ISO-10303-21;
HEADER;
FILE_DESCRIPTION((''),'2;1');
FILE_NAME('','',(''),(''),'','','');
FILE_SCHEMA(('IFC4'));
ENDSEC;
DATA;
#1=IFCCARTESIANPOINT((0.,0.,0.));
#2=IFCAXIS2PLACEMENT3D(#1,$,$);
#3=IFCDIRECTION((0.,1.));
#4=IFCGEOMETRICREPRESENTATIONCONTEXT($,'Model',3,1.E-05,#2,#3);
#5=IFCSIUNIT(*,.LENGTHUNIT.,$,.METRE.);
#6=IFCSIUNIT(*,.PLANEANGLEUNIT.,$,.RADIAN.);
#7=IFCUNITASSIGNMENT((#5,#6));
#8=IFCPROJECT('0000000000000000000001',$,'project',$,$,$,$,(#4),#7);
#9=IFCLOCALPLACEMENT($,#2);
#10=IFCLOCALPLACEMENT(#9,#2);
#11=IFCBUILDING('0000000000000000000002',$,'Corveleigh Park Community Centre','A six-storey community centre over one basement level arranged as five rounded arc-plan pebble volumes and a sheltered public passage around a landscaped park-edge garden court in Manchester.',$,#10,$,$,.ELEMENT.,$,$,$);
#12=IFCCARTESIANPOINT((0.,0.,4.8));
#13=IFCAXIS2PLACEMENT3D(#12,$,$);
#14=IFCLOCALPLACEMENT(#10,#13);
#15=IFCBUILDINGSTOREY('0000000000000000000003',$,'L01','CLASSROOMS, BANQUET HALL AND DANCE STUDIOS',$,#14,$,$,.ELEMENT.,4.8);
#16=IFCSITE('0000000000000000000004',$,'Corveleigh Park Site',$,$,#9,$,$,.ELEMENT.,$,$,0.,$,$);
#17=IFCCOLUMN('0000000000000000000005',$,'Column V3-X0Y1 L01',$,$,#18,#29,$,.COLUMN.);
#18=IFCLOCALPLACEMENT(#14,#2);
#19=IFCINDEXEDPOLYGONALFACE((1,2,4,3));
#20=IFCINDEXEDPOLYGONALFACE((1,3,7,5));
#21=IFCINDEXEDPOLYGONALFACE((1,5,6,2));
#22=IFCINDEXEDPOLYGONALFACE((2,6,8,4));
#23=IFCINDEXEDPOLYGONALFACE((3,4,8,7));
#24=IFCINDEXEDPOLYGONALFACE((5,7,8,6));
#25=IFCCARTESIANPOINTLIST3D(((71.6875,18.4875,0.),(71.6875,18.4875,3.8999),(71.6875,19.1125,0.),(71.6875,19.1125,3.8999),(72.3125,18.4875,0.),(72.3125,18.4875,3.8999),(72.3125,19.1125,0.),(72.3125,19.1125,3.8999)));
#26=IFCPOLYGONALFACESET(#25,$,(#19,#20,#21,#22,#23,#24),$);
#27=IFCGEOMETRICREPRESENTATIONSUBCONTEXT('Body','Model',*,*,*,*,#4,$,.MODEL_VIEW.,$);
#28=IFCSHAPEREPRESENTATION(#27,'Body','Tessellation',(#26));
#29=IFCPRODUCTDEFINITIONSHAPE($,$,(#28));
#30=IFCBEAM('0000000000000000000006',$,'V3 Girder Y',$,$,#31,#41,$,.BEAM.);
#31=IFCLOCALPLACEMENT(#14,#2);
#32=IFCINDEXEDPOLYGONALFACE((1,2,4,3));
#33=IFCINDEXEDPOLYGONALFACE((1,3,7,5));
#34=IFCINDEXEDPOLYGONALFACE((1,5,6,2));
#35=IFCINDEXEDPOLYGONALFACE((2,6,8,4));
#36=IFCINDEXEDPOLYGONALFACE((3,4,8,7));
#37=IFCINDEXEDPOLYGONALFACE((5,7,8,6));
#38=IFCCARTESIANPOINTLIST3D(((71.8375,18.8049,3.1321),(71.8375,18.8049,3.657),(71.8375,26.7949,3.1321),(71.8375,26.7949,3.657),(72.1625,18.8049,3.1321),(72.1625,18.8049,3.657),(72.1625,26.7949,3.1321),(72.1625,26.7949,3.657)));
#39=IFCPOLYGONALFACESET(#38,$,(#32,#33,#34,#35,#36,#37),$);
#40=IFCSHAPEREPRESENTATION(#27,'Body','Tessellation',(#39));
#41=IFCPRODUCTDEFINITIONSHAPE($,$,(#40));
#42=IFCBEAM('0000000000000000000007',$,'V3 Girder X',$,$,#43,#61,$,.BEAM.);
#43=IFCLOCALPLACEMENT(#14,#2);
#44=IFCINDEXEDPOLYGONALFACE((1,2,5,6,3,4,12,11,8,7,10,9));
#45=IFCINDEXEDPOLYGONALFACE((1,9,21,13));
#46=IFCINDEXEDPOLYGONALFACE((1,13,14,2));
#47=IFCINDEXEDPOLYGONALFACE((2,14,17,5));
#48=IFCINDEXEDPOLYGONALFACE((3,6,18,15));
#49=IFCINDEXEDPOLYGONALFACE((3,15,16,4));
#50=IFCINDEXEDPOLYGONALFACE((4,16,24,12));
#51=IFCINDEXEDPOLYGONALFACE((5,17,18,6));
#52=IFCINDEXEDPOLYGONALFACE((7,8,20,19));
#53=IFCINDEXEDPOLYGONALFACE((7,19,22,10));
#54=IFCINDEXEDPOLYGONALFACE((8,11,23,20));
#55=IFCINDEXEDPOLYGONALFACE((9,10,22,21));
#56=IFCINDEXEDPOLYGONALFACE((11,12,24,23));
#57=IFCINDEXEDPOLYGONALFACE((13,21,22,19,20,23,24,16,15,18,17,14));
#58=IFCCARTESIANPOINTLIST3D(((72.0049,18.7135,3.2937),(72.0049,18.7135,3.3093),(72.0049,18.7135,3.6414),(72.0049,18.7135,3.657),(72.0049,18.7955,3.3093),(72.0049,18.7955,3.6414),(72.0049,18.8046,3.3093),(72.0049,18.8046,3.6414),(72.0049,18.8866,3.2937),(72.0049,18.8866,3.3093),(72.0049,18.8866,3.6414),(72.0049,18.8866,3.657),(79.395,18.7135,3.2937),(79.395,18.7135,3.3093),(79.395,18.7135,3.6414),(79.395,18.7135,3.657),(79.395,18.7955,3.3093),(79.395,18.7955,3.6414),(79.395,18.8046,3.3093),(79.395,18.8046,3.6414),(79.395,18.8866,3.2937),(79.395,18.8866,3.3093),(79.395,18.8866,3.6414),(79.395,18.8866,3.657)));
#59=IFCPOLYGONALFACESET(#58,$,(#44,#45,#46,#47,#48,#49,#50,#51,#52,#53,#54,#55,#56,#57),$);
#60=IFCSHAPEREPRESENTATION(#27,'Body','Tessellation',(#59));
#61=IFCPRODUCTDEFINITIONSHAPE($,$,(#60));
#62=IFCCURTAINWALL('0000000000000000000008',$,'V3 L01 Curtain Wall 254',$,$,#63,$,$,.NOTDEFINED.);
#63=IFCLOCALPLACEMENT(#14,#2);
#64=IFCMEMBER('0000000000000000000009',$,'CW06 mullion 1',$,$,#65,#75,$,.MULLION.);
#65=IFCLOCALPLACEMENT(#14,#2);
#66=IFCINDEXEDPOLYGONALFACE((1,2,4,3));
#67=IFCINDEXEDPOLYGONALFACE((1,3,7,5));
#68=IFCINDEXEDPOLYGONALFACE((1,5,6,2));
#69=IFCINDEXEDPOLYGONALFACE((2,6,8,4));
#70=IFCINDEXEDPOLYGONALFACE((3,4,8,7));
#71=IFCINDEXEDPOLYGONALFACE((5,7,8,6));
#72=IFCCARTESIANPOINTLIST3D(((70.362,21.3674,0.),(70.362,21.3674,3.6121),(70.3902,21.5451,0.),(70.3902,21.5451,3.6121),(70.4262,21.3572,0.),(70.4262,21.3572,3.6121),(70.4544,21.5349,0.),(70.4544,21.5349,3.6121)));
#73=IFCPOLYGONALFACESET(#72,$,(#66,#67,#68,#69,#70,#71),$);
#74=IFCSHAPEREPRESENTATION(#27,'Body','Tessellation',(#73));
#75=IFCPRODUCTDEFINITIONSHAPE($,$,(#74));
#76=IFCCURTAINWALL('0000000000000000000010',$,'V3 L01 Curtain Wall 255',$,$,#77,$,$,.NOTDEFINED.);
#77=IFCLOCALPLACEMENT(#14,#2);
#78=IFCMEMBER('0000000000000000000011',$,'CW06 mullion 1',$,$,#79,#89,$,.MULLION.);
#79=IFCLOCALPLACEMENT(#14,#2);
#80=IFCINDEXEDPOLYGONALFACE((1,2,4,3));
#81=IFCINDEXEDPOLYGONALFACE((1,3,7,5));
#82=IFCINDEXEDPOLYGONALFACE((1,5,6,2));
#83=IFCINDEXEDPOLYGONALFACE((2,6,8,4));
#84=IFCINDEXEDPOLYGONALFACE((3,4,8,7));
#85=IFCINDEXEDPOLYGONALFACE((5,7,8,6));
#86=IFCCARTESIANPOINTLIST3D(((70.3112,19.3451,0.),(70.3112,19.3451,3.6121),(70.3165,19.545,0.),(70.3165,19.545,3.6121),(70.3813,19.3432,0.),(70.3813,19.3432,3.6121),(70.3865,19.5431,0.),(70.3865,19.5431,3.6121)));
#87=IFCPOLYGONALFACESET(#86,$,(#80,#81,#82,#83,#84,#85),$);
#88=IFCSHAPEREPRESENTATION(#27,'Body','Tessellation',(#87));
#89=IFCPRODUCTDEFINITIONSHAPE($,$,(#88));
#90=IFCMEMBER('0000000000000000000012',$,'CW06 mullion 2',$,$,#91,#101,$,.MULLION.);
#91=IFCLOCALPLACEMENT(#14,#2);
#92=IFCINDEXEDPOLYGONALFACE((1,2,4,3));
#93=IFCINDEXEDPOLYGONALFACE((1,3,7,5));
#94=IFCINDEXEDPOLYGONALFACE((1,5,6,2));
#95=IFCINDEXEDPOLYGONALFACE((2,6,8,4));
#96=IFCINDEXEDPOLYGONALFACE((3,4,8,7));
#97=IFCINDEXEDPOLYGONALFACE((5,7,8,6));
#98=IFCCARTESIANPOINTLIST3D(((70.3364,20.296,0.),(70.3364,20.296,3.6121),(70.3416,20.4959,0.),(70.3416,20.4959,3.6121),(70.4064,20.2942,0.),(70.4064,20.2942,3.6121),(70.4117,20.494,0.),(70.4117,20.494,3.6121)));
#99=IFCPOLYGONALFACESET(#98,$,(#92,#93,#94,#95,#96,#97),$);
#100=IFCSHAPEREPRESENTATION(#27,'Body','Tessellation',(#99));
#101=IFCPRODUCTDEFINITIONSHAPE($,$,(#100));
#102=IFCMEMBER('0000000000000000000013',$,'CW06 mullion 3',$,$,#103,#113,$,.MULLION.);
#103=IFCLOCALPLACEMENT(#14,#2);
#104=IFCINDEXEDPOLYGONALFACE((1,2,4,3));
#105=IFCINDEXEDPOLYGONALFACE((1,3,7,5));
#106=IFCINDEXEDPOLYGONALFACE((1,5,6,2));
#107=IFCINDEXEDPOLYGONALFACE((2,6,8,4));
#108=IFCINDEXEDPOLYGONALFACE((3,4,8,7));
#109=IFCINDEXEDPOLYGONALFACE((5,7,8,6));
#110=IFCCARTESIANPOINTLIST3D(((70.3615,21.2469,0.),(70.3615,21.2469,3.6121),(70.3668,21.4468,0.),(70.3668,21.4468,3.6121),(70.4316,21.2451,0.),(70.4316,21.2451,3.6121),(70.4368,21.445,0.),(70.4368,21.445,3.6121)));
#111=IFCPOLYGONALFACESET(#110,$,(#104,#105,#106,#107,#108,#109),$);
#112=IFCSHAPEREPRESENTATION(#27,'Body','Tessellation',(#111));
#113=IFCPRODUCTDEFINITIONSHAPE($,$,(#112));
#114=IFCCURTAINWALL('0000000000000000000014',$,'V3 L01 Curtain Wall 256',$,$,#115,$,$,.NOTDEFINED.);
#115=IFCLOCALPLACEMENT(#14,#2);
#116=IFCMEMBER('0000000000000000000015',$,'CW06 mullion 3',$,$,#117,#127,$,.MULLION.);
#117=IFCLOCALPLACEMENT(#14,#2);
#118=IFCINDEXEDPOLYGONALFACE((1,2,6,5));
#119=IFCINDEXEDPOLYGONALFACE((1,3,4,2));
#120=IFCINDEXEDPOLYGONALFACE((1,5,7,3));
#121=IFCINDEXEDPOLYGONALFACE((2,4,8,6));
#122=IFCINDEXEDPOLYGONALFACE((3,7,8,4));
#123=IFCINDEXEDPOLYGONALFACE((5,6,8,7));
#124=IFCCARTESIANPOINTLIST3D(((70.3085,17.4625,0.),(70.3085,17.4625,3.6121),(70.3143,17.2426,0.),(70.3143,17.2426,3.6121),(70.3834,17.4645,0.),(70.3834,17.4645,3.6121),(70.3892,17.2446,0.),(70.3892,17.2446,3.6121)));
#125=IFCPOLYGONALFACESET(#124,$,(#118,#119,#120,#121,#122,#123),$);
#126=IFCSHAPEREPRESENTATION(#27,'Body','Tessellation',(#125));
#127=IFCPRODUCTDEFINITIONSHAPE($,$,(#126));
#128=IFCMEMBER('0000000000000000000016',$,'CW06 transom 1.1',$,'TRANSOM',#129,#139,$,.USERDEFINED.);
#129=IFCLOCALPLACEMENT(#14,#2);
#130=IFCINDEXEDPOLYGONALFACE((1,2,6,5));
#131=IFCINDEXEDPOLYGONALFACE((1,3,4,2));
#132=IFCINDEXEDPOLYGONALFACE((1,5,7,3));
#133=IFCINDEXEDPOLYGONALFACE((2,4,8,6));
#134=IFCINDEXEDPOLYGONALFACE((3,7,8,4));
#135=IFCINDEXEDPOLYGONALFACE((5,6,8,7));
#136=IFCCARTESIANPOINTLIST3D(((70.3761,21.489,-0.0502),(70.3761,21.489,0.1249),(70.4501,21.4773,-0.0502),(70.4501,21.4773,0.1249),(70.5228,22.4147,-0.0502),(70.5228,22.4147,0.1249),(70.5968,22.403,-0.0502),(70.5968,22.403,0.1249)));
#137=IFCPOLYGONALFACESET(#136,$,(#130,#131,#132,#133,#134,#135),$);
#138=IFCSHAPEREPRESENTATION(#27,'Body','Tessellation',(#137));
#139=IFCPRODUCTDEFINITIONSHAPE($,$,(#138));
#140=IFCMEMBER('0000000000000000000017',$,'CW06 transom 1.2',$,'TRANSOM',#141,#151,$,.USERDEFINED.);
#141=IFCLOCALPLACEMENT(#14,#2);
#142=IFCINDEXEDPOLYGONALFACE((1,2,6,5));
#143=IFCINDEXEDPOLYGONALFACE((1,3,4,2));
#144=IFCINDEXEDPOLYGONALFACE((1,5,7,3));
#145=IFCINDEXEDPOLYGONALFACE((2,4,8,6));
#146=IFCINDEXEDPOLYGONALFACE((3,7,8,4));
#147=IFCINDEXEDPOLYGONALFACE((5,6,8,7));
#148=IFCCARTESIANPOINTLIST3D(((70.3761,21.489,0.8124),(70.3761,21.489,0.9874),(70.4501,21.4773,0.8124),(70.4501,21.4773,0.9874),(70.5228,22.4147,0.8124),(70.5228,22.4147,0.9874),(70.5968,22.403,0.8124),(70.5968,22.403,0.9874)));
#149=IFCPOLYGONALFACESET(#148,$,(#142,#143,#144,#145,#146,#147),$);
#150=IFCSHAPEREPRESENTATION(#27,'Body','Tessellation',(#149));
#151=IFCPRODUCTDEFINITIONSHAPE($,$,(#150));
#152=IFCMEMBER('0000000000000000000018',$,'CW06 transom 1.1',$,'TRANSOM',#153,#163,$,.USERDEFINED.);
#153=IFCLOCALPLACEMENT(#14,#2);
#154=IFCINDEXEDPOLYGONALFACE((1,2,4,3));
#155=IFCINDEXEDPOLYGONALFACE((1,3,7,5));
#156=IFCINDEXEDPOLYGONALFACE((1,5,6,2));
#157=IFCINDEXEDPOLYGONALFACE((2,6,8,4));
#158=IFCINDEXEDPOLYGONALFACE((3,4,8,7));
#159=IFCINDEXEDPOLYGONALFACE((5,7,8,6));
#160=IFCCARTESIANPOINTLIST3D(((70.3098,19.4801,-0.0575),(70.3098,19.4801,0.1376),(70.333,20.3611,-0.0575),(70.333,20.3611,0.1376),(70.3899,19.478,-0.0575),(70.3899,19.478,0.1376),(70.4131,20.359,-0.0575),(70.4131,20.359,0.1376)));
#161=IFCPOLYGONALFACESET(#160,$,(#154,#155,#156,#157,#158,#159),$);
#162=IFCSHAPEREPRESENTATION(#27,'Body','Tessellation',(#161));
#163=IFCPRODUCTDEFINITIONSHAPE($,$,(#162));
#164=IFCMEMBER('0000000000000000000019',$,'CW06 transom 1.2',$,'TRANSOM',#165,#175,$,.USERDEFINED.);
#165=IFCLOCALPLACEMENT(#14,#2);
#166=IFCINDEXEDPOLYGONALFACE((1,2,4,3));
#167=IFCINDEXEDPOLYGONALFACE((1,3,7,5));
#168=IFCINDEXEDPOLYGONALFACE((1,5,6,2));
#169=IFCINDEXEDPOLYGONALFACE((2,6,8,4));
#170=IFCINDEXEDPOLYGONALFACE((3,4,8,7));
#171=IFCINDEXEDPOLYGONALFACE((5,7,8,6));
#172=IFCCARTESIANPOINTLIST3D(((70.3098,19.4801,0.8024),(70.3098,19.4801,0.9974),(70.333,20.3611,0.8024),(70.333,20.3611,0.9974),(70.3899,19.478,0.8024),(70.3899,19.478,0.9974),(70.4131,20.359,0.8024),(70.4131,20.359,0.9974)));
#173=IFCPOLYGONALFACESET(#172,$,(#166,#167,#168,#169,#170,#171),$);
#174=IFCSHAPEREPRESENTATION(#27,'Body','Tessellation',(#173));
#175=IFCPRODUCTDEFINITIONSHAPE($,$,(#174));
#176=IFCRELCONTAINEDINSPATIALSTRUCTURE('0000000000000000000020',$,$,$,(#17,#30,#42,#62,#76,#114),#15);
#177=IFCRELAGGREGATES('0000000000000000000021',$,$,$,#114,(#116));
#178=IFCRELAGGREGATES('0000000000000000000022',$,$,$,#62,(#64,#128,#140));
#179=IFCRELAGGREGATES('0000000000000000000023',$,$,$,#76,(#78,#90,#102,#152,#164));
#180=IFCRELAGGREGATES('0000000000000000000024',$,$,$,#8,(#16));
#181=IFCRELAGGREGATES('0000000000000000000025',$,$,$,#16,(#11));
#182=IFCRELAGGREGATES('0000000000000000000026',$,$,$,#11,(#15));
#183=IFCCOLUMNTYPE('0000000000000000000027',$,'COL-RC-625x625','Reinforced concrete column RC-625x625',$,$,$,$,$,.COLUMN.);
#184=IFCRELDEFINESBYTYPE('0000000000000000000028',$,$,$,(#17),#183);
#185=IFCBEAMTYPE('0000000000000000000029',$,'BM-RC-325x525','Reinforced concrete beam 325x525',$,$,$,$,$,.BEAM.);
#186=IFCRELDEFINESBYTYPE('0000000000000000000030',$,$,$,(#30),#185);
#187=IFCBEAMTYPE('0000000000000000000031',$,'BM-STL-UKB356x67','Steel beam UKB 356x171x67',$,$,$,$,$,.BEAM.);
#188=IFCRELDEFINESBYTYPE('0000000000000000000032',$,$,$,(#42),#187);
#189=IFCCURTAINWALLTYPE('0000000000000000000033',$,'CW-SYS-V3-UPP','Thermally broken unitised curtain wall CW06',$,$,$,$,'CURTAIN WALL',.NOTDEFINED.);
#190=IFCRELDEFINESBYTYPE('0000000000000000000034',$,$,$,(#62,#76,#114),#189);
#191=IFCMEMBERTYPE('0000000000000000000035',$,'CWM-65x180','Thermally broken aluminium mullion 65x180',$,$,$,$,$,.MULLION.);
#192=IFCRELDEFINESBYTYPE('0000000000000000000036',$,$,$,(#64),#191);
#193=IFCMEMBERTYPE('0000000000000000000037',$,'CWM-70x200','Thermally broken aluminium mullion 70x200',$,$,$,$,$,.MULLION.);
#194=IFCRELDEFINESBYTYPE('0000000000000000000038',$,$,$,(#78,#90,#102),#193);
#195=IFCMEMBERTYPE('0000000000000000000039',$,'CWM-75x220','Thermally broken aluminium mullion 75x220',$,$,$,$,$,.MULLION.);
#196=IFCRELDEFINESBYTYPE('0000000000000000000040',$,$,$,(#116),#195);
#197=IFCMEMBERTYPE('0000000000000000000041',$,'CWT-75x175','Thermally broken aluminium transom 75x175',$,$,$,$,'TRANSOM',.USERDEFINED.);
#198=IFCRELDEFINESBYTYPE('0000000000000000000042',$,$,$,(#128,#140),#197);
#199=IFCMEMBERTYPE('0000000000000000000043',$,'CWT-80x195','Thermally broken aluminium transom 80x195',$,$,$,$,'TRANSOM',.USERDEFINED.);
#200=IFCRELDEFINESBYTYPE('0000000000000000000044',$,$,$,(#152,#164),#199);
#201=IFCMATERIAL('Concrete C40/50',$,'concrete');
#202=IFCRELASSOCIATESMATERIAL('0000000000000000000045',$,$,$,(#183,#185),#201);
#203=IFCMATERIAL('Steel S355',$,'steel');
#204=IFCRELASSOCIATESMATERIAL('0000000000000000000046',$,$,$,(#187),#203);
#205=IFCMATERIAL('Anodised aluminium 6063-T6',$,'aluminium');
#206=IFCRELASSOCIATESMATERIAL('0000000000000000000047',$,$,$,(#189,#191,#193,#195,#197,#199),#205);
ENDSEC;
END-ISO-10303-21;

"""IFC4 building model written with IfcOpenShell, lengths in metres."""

from ifc_helpers import new_model, si_unit, direction, frame, origin, origin_2d, place, context, subcontext, project, spatial, rectangle, i_section, extrude, material, material_profile, profile_set, type_object, element, aggregate, save


model = new_model("IFC4")

# Units and contexts
model_context = context("Model", 3, precision=1e-05, world=origin(), true_north=direction((0.0, 1.0)))
body_context = subcontext(model_context, "Body", "Model", "MODEL_VIEW")
ifc_project = project(units=[si_unit("LENGTHUNIT", "METRE"), si_unit("PLANEANGLEUNIT", "RADIAN")], contexts=[model_context])

# Site, building, storey
site_placement = place(None, origin())
site = spatial("IfcSite", under=ifc_project, at=site_placement, Name="Corveleigh Park Site", CompositionType="ELEMENT", RefElevation=0.0)
building_placement = place(site_placement, origin())
building = spatial("IfcBuilding", under=site, at=building_placement, Name="Corveleigh Park Community Centre", Description="A six-storey community centre over one basement level arranged as five rounded arc-plan pebble volumes and a sheltered public passage around a landscaped park-edge garden court in Manchester.", CompositionType="ELEMENT")
storey_placement = place(building_placement, frame((0.0, 0.0, 4.8)))
storey = spatial("IfcBuildingStorey", under=building, at=storey_placement, Name="L01", Description="CLASSROOMS, BANQUET HALL AND DANCE STUDIOS", CompositionType="ELEMENT", Elevation=4.8)

# Column
ifc_material_1 = material(Name="Concrete C40/50", Category="concrete")
ifc_material_profile_1 = material_profile(ifc_material_1, rectangle(XDim=0.625, YDim=0.625, at=origin_2d()), Name="RC-625x625", Category="concrete")
ifc_profile_set_1 = profile_set([ifc_material_profile_1], Name="Concrete C40/50")
column_type = type_object("IfcColumnType", Name="COL-RC-625x625", Description="Reinforced concrete column RC-625x625", PredefinedType="COLUMN", material=ifc_profile_set_1)
column_placement = place(storey_placement, frame((72.0, 18.8, 0.0), z_axis=(0.0, 0.0, 1.0), x_axis=(1.0, 0.0, 0.0)))
element("IfcColumn", 1, at=column_placement, inside=storey, type_object=column_type, Name="Column V3-X0Y1 L01", PredefinedType="COLUMN", context=body_context, shape_type="SweptSolid", body=[
    extrude(rectangle(XDim=0.625, YDim=0.625, at=origin_2d()), origin(), (0.0, 0.0, 1.0), 3.8999),
])

# Beams
ifc_material_profile_2 = material_profile(ifc_material_1, rectangle(XDim=0.325, YDim=0.5249, at=origin_2d()), Name="RC-325x525", Category="concrete")
ifc_profile_set_2 = profile_set([ifc_material_profile_2], Name="Concrete C40/50")
beam_type_1 = type_object("IfcBeamType", Name="BM-RC-325x525", Description="Reinforced concrete beam 325x525", PredefinedType="BEAM", material=ifc_profile_set_2)
beam_1_placement = place(storey_placement, frame((72.0, 18.8049, 3.3945), z_axis=(0.0, 1.0, 0.0), x_axis=(-1.0, 0.0, 0.0)))
element("IfcBeam", 2, at=beam_1_placement, inside=storey, type_object=beam_type_1, Name="V3 Girder Y", PredefinedType="BEAM", context=body_context, shape_type="SweptSolid", body=[
    extrude(rectangle(XDim=0.325, YDim=0.5249, at=origin_2d()), origin(), (0.0, 0.0, 1.0), 7.99),
])
ifc_material_2 = material(Name="Steel S355", Category="steel")
ifc_material_profile_3 = material_profile(ifc_material_2, i_section(OverallWidth=0.1731, OverallDepth=0.3633, WebThickness=0.009, FlangeThickness=0.0156, at=origin_2d()), Name="UKB 356x171x67", Category="steel")
ifc_profile_set_3 = profile_set([ifc_material_profile_3], Name="Steel S355")
beam_type_2 = type_object("IfcBeamType", Name="BM-STL-UKB356x67", Description="Steel beam UKB 356x171x67", PredefinedType="BEAM", material=ifc_profile_set_3)
beam_2_placement = place(storey_placement, frame((72.0049, 18.8, 3.4753), z_axis=(1.0, 0.0, 0.0), x_axis=(0.0, 1.0, 0.0)))
element("IfcBeam", 3, at=beam_2_placement, inside=storey, type_object=beam_type_2, Name="V3 Girder X", PredefinedType="BEAM", context=body_context, shape_type="SweptSolid", body=[
    extrude(i_section(OverallWidth=0.1731, OverallDepth=0.3633, WebThickness=0.009, FlangeThickness=0.0156, at=origin_2d()), origin(), (0.0, 0.0, 1.0), 7.3901),
])

# Curtain wall, member
ifc_material_3 = material(Name="Anodised aluminium 6063-T6", Category="aluminium")
curtain_wall_type = type_object("IfcCurtainWallType", Name="CW-SYS-V3-UPP", Description="Thermally broken unitised curtain wall CW06", ElementType="CURTAIN WALL", PredefinedType="NOTDEFINED", material=ifc_material_3)
curtain_wall_1_placement = place(storey_placement, origin())
curtain_wall_1 = element("IfcCurtainWall", 4, at=curtain_wall_1_placement, inside=storey, type_object=curtain_wall_type, Name="V3 L01 Curtain Wall 254", PredefinedType="NOTDEFINED")
ifc_material_profile_4 = material_profile(ifc_material_3, rectangle(XDim=0.0649, YDim=0.1799, at=origin_2d()), Name="ALU-M65x180", Category="aluminium")
ifc_profile_set_4 = profile_set([ifc_material_profile_4], Name="Anodised aluminium 6063-T6")
member_type_1 = type_object("IfcMemberType", Name="CWM-65x180", Description="Thermally broken aluminium mullion 65x180", PredefinedType="MULLION", material=ifc_profile_set_4)
member_1_placement = place(storey_placement, frame((70.4082, 21.4512, 0.0), z_axis=(0.0, 0.0, 1.0), x_axis=(-0.987669, 0.156558, 0.0)))
member_1 = element("IfcMember", 5, at=member_1_placement, type_object=member_type_1, Name="CW06 mullion 1", PredefinedType="MULLION", context=body_context, shape_type="SweptSolid", body=[
    extrude(rectangle(XDim=0.0649, YDim=0.1799, at=origin_2d()), origin(), (0.0, 0.0, 1.0), 3.6121),
])

# Curtain wall, members
curtain_wall_2_placement = place(storey_placement, origin())
curtain_wall_2 = element("IfcCurtainWall", 6, at=curtain_wall_2_placement, inside=storey, type_object=curtain_wall_type, Name="V3 L01 Curtain Wall 255", PredefinedType="NOTDEFINED")
ifc_material_profile_5 = material_profile(ifc_material_3, rectangle(XDim=0.0701, YDim=0.2, at=origin_2d()), Name="ALU-M70x200", Category="aluminium")
ifc_profile_set_5 = profile_set([ifc_material_profile_5], Name="Anodised aluminium 6063-T6")
member_type_2 = type_object("IfcMemberType", Name="CWM-70x200", Description="Thermally broken aluminium mullion 70x200", PredefinedType="MULLION", material=ifc_profile_set_5)
member_2_placement = place(storey_placement, frame((70.3489, 19.4441, 0.0), z_axis=(0.0, 0.0, 1.0), x_axis=(-0.999653, 0.02636, 0.0)))
member_2 = element("IfcMember", 7, at=member_2_placement, type_object=member_type_2, Name="CW06 mullion 1", PredefinedType="MULLION", context=body_context, shape_type="SweptSolid", body=[
    extrude(rectangle(XDim=0.0701, YDim=0.2, at=origin_2d()), origin(), (0.0, 0.0, 1.0), 3.6121),
])
member_3_placement = place(storey_placement, frame((70.374, 20.395, 0.0), z_axis=(0.0, 0.0, 1.0), x_axis=(-0.999653, 0.02636, 0.0)))
member_3 = element("IfcMember", 8, at=member_3_placement, type_object=member_type_2, Name="CW06 mullion 2", PredefinedType="MULLION", context=body_context, shape_type="SweptSolid", body=[
    extrude(rectangle(XDim=0.0701, YDim=0.2, at=origin_2d()), origin(), (0.0, 0.0, 1.0), 3.6121),
])
member_4_placement = place(storey_placement, frame((70.3992, 21.3459, 0.0), z_axis=(0.0, 0.0, 1.0), x_axis=(-0.999653, 0.02636, 0.0)))
member_4 = element("IfcMember", 9, at=member_4_placement, type_object=member_type_2, Name="CW06 mullion 3", PredefinedType="MULLION", context=body_context, shape_type="SweptSolid", body=[
    extrude(rectangle(XDim=0.0701, YDim=0.2, at=origin_2d()), origin(), (0.0, 0.0, 1.0), 3.6121),
])

# Curtain wall, member
curtain_wall_3_placement = place(storey_placement, origin())
curtain_wall_3 = element("IfcCurtainWall", 10, at=curtain_wall_3_placement, inside=storey, type_object=curtain_wall_type, Name="V3 L01 Curtain Wall 256", PredefinedType="NOTDEFINED")
ifc_material_profile_6 = material_profile(ifc_material_3, rectangle(XDim=0.075, YDim=0.22, at=origin_2d()), Name="ALU-M75x220", Category="aluminium")
ifc_profile_set_6 = profile_set([ifc_material_profile_6], Name="Anodised aluminium 6063-T6")
member_type_3 = type_object("IfcMemberType", Name="CWM-75x220", Description="Thermally broken aluminium mullion 75x220", PredefinedType="MULLION", material=ifc_profile_set_6)
member_5_placement = place(storey_placement, frame((70.3489, 17.3535, 0.0), z_axis=(0.0, 0.0, 1.0), x_axis=(-0.999653, -0.02636, 0.0)))
member_5 = element("IfcMember", 11, at=member_5_placement, type_object=member_type_3, Name="CW06 mullion 3", PredefinedType="MULLION", context=body_context, shape_type="SweptSolid", body=[
    extrude(rectangle(XDim=0.075, YDim=0.22, at=origin_2d()), origin(), (0.0, 0.0, 1.0), 3.6121),
])
aggregate(curtain_wall_3, [member_5])

# Members
ifc_material_profile_7 = material_profile(ifc_material_3, rectangle(XDim=0.075, YDim=0.175, at=origin_2d()), Name="ALU-T75x175", Category="aluminium")
ifc_profile_set_7 = profile_set([ifc_material_profile_7], Name="Anodised aluminium 6063-T6")
member_type_4 = type_object("IfcMemberType", Name="CWT-75x175", Description="Thermally broken aluminium transom 75x175", ElementType="TRANSOM", PredefinedType="USERDEFINED", material=ifc_profile_set_7)
member_6_placement = place(storey_placement, frame((70.4131, 21.4832, 0.0374), z_axis=(0.156538, 0.987672, 0.0), x_axis=(-0.987672, 0.156538, 0.0)))
member_6 = element("IfcMember", 12, at=member_6_placement, type_object=member_type_4, Name="CW06 transom 1.1", ObjectType="TRANSOM", PredefinedType="USERDEFINED", context=body_context, shape_type="SweptSolid", body=[
    extrude(rectangle(XDim=0.075, YDim=0.175, at=origin_2d()), origin(), (0.0, 0.0, 1.0), 0.9373),
])
member_7_placement = place(storey_placement, frame((70.4131, 21.4832, 0.8999), z_axis=(0.156538, 0.987672, 0.0), x_axis=(-0.987672, 0.156538, 0.0)))
member_7 = element("IfcMember", 13, at=member_7_placement, type_object=member_type_4, Name="CW06 transom 1.2", ObjectType="TRANSOM", PredefinedType="USERDEFINED", context=body_context, shape_type="SweptSolid", body=[
    extrude(rectangle(XDim=0.075, YDim=0.175, at=origin_2d()), origin(), (0.0, 0.0, 1.0), 0.9373),
])
aggregate(curtain_wall_1, [member_1, member_6, member_7])
ifc_material_profile_8 = material_profile(ifc_material_3, rectangle(XDim=0.0801, YDim=0.1951, at=origin_2d()), Name="ALU-T80x195", Category="aluminium")
ifc_profile_set_8 = profile_set([ifc_material_profile_8], Name="Anodised aluminium 6063-T6")
member_type_5 = type_object("IfcMemberType", Name="CWT-80x195", Description="Thermally broken aluminium transom 80x195", ElementType="TRANSOM", PredefinedType="USERDEFINED", material=ifc_profile_set_8)
member_8_placement = place(storey_placement, frame((70.3499, 19.479, 0.04), z_axis=(0.026314, 0.999654, 0.0), x_axis=(-0.999654, 0.026314, 0.0)))
member_8 = element("IfcMember", 14, at=member_8_placement, type_object=member_type_5, Name="CW06 transom 1.1", ObjectType="TRANSOM", PredefinedType="USERDEFINED", context=body_context, shape_type="SweptSolid", body=[
    extrude(rectangle(XDim=0.0801, YDim=0.1951, at=origin_2d()), origin(), (0.0, 0.0, 1.0), 0.8813),
])
member_9_placement = place(storey_placement, frame((70.3499, 19.479, 0.8999), z_axis=(0.026314, 0.999654, 0.0), x_axis=(-0.999654, 0.026314, 0.0)))
member_9 = element("IfcMember", 15, at=member_9_placement, type_object=member_type_5, Name="CW06 transom 1.2", ObjectType="TRANSOM", PredefinedType="USERDEFINED", context=body_context, shape_type="SweptSolid", body=[
    extrude(rectangle(XDim=0.0801, YDim=0.1951, at=origin_2d()), origin(), (0.0, 0.0, 1.0), 0.8813),
])

aggregate(curtain_wall_2, [member_2, member_3, member_4, member_8, member_9])

save(model, "model.ifc")
